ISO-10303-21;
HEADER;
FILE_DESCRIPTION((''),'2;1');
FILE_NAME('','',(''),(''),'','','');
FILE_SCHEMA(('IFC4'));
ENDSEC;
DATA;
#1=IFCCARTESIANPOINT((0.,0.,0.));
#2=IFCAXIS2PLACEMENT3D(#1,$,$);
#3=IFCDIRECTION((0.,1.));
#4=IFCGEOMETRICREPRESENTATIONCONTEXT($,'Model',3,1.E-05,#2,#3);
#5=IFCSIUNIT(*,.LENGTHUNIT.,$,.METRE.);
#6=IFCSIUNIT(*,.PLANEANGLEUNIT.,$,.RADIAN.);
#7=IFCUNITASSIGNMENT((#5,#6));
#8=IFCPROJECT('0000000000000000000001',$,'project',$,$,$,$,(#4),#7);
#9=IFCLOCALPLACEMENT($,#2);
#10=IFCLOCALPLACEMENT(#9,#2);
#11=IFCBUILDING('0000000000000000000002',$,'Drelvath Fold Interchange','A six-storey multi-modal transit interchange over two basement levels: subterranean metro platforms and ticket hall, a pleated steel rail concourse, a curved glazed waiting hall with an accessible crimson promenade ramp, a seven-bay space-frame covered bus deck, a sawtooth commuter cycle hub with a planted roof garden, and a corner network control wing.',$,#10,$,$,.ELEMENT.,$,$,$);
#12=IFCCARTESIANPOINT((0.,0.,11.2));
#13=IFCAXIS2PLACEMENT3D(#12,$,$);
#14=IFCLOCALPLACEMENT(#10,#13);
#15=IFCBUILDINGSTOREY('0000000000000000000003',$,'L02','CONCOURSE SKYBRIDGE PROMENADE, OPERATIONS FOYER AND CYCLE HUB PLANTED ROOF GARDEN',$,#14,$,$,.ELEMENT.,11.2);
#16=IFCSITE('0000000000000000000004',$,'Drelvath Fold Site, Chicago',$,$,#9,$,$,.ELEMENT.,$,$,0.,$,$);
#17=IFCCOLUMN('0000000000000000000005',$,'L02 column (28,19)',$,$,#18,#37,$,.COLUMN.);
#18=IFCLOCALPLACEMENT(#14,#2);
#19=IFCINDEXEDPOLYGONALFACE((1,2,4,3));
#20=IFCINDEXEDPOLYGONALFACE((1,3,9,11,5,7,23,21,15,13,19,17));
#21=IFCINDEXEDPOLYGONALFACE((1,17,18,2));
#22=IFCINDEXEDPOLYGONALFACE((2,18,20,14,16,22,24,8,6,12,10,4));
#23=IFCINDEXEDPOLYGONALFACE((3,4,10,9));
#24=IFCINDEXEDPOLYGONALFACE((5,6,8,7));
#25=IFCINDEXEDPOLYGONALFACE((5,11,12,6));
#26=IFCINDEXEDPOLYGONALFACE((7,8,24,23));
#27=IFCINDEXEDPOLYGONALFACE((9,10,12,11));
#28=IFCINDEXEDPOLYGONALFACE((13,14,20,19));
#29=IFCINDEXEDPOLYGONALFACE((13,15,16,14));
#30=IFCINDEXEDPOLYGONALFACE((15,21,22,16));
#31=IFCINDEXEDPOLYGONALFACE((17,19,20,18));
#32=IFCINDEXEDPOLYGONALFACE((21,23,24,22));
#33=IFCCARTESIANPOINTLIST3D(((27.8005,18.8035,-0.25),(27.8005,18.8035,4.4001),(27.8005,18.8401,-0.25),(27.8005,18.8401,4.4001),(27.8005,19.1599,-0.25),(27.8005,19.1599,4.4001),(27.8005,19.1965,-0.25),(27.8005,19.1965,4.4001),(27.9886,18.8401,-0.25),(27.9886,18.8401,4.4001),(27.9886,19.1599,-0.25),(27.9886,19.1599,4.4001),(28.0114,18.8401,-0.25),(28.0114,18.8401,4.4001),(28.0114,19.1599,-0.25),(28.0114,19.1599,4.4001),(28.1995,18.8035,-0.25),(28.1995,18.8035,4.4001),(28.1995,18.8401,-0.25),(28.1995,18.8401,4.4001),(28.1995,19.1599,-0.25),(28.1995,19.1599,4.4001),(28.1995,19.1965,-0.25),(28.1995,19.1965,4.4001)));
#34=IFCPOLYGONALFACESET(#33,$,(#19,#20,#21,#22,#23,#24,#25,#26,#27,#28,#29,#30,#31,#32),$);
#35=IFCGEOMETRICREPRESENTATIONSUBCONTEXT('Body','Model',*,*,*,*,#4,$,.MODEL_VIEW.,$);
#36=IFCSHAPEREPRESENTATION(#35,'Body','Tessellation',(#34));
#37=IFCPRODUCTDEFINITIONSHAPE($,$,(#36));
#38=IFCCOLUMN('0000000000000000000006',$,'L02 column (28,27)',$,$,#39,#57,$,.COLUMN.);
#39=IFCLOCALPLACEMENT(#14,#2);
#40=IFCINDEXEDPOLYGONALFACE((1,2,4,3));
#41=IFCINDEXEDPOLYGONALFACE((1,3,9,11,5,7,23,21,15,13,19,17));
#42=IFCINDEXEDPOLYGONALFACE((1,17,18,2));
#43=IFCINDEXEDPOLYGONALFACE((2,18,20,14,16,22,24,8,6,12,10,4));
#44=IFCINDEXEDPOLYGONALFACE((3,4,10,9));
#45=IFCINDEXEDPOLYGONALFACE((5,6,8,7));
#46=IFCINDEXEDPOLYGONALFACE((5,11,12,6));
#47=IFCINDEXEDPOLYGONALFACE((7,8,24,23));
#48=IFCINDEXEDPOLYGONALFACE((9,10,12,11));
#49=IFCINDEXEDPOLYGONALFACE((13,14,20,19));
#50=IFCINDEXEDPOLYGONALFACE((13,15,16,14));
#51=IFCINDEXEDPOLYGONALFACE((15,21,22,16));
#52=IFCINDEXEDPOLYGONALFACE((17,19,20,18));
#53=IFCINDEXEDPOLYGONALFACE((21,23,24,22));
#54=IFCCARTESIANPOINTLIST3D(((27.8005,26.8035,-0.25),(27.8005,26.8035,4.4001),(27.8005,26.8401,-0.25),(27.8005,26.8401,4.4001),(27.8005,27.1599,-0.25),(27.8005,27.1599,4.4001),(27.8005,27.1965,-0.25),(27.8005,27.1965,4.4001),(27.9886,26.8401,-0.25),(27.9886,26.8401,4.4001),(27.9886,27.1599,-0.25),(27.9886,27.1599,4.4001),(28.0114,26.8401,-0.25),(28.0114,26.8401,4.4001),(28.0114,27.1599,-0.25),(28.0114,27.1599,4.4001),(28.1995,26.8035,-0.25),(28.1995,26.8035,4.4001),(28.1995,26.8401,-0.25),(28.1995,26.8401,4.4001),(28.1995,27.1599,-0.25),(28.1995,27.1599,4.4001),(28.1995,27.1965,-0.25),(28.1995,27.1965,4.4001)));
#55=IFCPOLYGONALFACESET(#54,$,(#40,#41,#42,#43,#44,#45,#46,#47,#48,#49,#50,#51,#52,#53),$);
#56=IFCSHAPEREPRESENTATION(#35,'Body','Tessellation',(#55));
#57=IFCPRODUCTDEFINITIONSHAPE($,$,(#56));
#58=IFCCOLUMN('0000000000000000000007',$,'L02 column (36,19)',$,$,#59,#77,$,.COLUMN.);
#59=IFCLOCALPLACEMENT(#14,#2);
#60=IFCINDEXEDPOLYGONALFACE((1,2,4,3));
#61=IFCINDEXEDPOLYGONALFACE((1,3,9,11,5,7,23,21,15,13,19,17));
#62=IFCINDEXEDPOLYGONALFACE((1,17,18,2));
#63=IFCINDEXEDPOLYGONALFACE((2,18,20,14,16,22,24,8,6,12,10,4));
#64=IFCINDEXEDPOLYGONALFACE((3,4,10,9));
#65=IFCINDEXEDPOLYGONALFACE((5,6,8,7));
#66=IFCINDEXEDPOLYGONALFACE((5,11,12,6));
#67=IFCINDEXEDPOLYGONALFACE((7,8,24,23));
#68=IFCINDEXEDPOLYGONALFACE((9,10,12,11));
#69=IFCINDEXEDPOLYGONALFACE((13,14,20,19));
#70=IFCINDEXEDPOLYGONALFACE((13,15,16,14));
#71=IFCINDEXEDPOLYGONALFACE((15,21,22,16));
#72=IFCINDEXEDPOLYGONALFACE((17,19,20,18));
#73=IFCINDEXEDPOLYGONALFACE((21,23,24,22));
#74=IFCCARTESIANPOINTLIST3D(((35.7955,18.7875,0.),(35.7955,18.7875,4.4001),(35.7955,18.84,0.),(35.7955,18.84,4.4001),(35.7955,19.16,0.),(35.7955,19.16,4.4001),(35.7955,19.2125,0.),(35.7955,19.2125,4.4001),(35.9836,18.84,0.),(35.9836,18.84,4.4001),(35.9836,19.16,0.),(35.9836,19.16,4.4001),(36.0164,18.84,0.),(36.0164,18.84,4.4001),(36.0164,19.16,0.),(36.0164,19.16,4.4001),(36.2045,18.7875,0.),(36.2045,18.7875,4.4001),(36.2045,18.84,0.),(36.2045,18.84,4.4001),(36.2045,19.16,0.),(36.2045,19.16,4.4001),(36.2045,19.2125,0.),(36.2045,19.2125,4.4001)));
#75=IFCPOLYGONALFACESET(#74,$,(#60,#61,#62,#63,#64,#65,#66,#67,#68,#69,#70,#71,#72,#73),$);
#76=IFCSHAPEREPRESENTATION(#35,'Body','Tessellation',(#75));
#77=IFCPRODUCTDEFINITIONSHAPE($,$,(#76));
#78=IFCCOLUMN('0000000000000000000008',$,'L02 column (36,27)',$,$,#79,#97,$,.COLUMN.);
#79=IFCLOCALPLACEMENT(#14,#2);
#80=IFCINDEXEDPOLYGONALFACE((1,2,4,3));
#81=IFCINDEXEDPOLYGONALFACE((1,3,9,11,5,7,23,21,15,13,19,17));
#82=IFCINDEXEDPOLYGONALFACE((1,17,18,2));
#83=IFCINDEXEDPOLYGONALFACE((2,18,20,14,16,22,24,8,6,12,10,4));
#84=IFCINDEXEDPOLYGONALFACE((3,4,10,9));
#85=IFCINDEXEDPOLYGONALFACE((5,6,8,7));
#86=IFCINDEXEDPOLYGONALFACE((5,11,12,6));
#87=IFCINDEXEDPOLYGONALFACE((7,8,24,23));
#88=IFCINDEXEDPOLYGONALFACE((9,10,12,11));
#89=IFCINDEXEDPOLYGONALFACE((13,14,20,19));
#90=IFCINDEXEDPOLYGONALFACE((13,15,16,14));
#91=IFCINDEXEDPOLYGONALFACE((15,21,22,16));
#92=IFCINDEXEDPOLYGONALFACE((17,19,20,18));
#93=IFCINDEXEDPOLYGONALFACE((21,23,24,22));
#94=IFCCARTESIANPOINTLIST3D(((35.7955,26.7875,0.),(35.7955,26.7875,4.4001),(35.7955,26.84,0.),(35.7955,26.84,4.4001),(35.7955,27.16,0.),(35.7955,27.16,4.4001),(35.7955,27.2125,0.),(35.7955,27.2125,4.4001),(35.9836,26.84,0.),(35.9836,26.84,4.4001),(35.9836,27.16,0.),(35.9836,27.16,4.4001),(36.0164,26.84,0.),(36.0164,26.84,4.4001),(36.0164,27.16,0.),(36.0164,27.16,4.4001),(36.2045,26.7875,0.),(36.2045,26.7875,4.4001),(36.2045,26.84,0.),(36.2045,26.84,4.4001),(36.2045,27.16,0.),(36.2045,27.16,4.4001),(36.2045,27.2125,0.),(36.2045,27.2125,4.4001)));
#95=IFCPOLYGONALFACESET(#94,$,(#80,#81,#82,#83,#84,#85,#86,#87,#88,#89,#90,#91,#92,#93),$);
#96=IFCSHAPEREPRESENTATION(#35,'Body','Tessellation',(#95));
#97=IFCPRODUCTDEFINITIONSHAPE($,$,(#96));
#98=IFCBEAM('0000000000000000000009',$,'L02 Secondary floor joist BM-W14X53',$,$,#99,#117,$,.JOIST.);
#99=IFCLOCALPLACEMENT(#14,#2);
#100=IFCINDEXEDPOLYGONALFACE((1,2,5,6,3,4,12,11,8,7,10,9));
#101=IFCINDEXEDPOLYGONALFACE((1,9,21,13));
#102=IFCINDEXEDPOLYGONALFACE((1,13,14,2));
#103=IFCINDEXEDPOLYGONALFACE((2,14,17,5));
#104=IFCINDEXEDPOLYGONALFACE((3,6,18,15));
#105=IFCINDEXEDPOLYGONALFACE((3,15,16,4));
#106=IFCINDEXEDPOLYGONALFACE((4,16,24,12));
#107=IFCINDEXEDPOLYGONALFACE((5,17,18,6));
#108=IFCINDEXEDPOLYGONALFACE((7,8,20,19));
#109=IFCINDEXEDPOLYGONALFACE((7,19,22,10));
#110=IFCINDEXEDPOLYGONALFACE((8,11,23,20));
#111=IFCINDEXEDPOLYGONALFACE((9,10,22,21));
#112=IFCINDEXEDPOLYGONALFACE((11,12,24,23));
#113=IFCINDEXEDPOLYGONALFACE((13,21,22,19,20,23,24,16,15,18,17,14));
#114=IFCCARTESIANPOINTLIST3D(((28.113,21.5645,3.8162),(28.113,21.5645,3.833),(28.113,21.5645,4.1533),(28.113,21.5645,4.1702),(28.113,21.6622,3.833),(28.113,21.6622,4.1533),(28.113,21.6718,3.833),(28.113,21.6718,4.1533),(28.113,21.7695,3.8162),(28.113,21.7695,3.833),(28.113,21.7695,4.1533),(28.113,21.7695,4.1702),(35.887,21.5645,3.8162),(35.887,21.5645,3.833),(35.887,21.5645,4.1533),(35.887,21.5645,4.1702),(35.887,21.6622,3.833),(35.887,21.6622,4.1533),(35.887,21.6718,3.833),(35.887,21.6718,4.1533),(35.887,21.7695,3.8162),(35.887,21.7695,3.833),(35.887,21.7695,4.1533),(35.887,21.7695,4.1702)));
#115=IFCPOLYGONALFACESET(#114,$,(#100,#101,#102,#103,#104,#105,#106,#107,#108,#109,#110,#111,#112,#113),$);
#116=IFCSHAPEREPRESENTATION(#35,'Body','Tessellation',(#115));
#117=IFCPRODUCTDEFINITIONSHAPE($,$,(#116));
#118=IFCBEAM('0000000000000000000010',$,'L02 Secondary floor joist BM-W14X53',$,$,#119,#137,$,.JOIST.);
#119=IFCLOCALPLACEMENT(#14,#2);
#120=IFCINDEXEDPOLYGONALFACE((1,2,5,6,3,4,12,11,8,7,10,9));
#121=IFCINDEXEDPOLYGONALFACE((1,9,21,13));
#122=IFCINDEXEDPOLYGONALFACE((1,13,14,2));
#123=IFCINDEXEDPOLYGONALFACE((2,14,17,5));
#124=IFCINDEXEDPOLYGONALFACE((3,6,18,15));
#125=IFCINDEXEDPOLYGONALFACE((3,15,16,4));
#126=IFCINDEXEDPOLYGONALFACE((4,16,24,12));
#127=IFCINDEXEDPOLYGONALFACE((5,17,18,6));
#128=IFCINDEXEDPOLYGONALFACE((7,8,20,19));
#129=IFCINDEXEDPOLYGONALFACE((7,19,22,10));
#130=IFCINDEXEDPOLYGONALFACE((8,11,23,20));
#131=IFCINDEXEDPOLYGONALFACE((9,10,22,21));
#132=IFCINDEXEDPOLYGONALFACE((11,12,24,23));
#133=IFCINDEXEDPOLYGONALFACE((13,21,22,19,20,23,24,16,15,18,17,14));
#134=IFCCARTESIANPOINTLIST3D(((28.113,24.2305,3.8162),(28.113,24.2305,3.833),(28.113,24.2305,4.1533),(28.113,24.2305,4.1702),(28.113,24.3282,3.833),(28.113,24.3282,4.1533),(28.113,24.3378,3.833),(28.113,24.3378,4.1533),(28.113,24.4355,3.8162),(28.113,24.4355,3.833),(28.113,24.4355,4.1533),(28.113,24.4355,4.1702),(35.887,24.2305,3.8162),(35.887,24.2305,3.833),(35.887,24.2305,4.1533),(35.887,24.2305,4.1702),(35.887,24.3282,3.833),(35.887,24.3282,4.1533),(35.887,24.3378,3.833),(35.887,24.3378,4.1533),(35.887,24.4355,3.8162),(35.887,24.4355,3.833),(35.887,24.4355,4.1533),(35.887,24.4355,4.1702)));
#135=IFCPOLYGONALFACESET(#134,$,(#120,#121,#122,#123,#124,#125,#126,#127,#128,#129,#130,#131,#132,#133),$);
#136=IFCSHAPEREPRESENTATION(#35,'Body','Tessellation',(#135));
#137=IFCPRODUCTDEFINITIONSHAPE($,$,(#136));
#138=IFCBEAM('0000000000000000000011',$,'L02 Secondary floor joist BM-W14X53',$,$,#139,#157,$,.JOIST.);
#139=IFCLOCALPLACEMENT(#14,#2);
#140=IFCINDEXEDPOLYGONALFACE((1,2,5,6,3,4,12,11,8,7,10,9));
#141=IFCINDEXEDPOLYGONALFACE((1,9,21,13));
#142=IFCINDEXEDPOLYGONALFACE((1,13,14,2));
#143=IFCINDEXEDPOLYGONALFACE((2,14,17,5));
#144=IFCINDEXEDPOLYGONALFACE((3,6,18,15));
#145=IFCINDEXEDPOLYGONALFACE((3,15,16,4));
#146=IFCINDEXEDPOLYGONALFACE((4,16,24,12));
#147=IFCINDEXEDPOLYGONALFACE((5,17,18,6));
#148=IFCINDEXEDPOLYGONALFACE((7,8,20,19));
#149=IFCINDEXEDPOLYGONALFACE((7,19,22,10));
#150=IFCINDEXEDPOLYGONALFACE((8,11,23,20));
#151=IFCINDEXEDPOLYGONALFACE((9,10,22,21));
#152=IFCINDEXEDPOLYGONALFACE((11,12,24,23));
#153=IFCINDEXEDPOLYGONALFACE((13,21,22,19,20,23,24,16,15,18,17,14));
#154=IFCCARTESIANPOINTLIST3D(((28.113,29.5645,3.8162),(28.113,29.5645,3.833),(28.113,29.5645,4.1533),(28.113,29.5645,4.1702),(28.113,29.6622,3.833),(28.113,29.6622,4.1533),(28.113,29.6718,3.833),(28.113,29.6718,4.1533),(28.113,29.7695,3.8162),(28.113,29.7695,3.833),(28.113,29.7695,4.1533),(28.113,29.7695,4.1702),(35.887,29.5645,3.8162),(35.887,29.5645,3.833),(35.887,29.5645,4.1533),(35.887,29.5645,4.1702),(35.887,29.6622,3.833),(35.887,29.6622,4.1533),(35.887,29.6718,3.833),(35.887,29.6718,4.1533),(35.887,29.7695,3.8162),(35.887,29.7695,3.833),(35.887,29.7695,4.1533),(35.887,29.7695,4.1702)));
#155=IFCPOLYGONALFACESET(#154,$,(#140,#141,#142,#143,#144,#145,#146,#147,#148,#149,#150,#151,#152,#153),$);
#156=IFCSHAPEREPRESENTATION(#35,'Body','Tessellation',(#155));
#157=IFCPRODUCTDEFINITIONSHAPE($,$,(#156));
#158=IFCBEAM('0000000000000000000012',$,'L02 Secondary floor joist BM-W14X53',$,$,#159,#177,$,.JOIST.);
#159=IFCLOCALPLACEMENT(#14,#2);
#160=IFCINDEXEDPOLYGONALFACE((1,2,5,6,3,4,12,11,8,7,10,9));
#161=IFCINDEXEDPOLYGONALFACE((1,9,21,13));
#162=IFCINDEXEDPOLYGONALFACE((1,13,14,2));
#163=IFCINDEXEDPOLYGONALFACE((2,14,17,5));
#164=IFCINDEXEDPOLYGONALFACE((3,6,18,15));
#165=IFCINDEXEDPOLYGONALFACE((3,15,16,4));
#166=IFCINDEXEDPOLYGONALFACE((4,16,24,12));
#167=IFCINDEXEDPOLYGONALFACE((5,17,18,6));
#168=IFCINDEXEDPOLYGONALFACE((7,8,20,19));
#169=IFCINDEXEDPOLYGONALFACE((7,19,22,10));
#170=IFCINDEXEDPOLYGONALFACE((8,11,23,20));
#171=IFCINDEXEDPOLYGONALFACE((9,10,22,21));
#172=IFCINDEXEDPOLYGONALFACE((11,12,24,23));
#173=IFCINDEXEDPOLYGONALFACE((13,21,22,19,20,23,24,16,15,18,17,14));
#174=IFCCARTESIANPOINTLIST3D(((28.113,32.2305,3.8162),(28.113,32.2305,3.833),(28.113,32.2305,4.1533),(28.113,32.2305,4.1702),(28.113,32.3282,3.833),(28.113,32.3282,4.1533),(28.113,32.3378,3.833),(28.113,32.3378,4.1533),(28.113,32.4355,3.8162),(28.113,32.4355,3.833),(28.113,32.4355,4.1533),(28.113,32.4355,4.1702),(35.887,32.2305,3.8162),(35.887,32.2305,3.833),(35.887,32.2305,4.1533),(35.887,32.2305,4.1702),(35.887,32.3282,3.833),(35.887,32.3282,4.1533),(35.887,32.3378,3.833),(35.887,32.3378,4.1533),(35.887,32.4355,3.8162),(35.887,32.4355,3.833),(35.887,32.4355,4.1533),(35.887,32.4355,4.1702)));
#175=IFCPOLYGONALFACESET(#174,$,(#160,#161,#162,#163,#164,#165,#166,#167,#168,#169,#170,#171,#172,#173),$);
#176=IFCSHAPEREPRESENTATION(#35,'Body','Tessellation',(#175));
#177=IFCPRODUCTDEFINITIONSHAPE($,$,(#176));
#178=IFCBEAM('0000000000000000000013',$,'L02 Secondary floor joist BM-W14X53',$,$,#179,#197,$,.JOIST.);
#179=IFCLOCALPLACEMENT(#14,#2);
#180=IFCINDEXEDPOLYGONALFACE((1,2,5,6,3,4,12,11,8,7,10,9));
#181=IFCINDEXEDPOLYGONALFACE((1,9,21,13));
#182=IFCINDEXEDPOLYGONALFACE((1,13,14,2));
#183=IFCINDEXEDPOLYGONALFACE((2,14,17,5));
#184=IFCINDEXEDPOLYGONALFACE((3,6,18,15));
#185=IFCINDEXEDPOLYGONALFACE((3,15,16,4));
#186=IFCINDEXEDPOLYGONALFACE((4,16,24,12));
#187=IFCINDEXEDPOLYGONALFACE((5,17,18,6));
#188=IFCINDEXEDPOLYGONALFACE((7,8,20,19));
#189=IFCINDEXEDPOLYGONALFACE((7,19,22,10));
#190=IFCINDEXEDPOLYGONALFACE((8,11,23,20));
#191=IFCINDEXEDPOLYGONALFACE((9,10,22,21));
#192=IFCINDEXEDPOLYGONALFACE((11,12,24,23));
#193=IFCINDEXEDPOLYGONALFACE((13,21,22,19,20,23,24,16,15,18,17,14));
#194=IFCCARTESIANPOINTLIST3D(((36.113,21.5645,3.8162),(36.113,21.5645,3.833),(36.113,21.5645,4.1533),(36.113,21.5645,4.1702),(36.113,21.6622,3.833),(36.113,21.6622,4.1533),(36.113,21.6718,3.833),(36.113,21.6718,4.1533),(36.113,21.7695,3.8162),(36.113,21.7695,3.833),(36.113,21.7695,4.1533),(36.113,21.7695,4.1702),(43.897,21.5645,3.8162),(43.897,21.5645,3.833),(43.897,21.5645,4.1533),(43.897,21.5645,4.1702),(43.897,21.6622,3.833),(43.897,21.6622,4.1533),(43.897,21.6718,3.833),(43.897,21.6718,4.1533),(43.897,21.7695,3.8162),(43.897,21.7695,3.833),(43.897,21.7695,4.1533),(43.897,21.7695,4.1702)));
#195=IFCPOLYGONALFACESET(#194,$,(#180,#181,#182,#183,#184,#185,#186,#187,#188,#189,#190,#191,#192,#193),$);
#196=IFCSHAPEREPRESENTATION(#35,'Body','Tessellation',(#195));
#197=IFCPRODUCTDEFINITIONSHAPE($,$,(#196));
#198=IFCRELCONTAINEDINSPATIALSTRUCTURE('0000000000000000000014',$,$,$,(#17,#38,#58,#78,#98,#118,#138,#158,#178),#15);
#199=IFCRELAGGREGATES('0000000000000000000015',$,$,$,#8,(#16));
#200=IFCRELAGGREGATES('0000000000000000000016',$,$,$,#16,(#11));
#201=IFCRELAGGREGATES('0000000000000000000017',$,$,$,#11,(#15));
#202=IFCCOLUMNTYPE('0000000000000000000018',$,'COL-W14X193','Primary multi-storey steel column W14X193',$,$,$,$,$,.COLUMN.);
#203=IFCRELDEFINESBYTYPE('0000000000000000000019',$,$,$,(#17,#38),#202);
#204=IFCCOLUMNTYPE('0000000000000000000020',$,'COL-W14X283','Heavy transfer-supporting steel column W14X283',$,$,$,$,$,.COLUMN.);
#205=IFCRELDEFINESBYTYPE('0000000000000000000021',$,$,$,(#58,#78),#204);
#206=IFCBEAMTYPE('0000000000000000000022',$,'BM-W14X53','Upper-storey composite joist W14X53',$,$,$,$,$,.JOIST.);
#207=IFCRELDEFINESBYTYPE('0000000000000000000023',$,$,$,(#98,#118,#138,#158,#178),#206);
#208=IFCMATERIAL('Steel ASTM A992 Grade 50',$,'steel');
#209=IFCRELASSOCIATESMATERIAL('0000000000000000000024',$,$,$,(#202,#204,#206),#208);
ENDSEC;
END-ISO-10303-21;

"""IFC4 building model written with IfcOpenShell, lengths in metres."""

from ifc_helpers import new_model, si_unit, direction, frame, origin, origin_2d, place, context, subcontext, project, spatial, i_section, extrude, material, material_profile, profile_set, type_object, element, save


model = new_model("IFC4")

# Units and contexts
model_context = context("Model", 3, precision=1e-05, world=origin(), true_north=direction((0.0, 1.0)))
body_context = subcontext(model_context, "Body", "Model", "MODEL_VIEW")
ifc_project = project(units=[si_unit("LENGTHUNIT", "METRE"), si_unit("PLANEANGLEUNIT", "RADIAN")], contexts=[model_context])

# Site, building, storey
site_placement = place(None, origin())
site = spatial("IfcSite", under=ifc_project, at=site_placement, Name="Drelvath Fold Site, Chicago", CompositionType="ELEMENT", RefElevation=0.0)
building_placement = place(site_placement, origin())
building = spatial("IfcBuilding", under=site, at=building_placement, Name="Drelvath Fold Interchange", Description="A six-storey multi-modal transit interchange over two basement levels: subterranean metro platforms and ticket hall, a pleated steel rail concourse, a curved glazed waiting hall with an accessible crimson promenade ramp, a seven-bay space-frame covered bus deck, a sawtooth commuter cycle hub with a planted roof garden, and a corner network control wing.", CompositionType="ELEMENT")
storey_placement = place(building_placement, frame((0.0, 0.0, 11.2)))
storey = spatial("IfcBuildingStorey", under=building, at=storey_placement, Name="L02", Description="CONCOURSE SKYBRIDGE PROMENADE, OPERATIONS FOYER AND CYCLE HUB PLANTED ROOF GARDEN", CompositionType="ELEMENT", Elevation=11.2)

# Columns
ifc_material_1 = material(Name="Steel ASTM A992 Grade 50", Category="steel")
ifc_material_profile_1 = material_profile(ifc_material_1, i_section(OverallWidth=0.3989, OverallDepth=0.3931, WebThickness=0.0227, FlangeThickness=0.0366, at=origin_2d()), Name="W14X193")
ifc_profile_set_1 = profile_set([ifc_material_profile_1], Name="Steel ASTM A992 Grade 50")
column_type_1 = type_object("IfcColumnType", Name="COL-W14X193", Description="Primary multi-storey steel column W14X193", PredefinedType="COLUMN", material=ifc_profile_set_1)
for number, where, z_axis, x_axis, name in (
    (1, (28.0, 19.0, -0.25), (0.0, 0.0, 1.0), (1.0, 0.0, 0.0), "L02 column (28,19)"),
    (2, (28.0, 27.0, -0.25), (0.0, 0.0, 1.0), (1.0, 0.0, 0.0), "L02 column (28,27)"),
):
    element("IfcColumn", number, at=place(storey_placement, frame(where, z_axis=z_axis, x_axis=x_axis)), inside=storey, type_object=column_type_1, Name=name, PredefinedType="COLUMN", context=body_context, shape_type="SweptSolid", body=[
        extrude(i_section(OverallWidth=0.3989, OverallDepth=0.3931, WebThickness=0.0227, FlangeThickness=0.0366, at=origin_2d()), origin(), (0.0, 0.0, 1.0), 4.6501),
    ])
ifc_material_profile_2 = material_profile(ifc_material_1, i_section(OverallWidth=0.4089, OverallDepth=0.425, WebThickness=0.0327, FlangeThickness=0.0525, at=origin_2d()), Name="W14X283")
ifc_profile_set_2 = profile_set([ifc_material_profile_2], Name="Steel ASTM A992 Grade 50")
column_type_2 = type_object("IfcColumnType", Name="COL-W14X283", Description="Heavy transfer-supporting steel column W14X283", PredefinedType="COLUMN", material=ifc_profile_set_2)
for number, where, z_axis, x_axis, name in (
    (3, (36.0, 19.0, 0.0), (0.0, 0.0, 1.0), (1.0, 0.0, 0.0), "L02 column (36,19)"),
    (4, (36.0, 27.0, 0.0), (0.0, 0.0, 1.0), (1.0, 0.0, 0.0), "L02 column (36,27)"),
):
    element("IfcColumn", number, at=place(storey_placement, frame(where, z_axis=z_axis, x_axis=x_axis)), inside=storey, type_object=column_type_2, Name=name, PredefinedType="COLUMN", context=body_context, shape_type="SweptSolid", body=[
        extrude(i_section(OverallWidth=0.4089, OverallDepth=0.425, WebThickness=0.0327, FlangeThickness=0.0525, at=origin_2d()), origin(), (0.0, 0.0, 1.0), 4.4001),
    ])

# Beams
ifc_material_profile_3 = material_profile(ifc_material_1, i_section(OverallWidth=0.2051, OverallDepth=0.354, WebThickness=0.0095, FlangeThickness=0.0168, at=origin_2d()), Name="W14X53")
ifc_profile_set_3 = profile_set([ifc_material_profile_3], Name="Steel ASTM A992 Grade 50")
beam_type_1 = type_object("IfcBeamType", Name="BM-W14X53", Description="Upper-storey composite joist W14X53", PredefinedType="JOIST", material=ifc_profile_set_3)
for number, where, z_axis, x_axis, name in (
    (5, (28.113, 21.667, 3.9932), (1.0, 0.0, 0.0), (0.0, 1.0, 0.0), "L02 Secondary floor joist BM-W14X53"),
    (6, (28.113, 24.333, 3.9932), (1.0, 0.0, 0.0), (0.0, 1.0, 0.0), "L02 Secondary floor joist BM-W14X53"),
    (7, (28.113, 29.667, 3.9932), (1.0, 0.0, 0.0), (0.0, 1.0, 0.0), "L02 Secondary floor joist BM-W14X53"),
    (8, (28.113, 32.333, 3.9932), (1.0, 0.0, 0.0), (0.0, 1.0, 0.0), "L02 Secondary floor joist BM-W14X53"),
):
    element("IfcBeam", number, at=place(storey_placement, frame(where, z_axis=z_axis, x_axis=x_axis)), inside=storey, type_object=beam_type_1, Name=name, PredefinedType="JOIST", context=body_context, shape_type="SweptSolid", body=[
        extrude(i_section(OverallWidth=0.2051, OverallDepth=0.354, WebThickness=0.0095, FlangeThickness=0.0168, at=origin_2d()), origin(), (0.0, 0.0, 1.0), 7.7739),
    ])
for number, where, z_axis, x_axis, name in (
    (9, (36.113, 21.667, 3.9932), (1.0, 0.0, 0.0), (0.0, 1.0, 0.0), "L02 Secondary floor joist BM-W14X53"),
):
    element("IfcBeam", number, at=place(storey_placement, frame(where, z_axis=z_axis, x_axis=x_axis)), inside=storey, type_object=beam_type_1, Name=name, PredefinedType="JOIST", context=body_context, shape_type="SweptSolid", body=[
        extrude(i_section(OverallWidth=0.2051, OverallDepth=0.354, WebThickness=0.0095, FlangeThickness=0.0168, at=origin_2d()), origin(), (0.0, 0.0, 1.0), 7.7839),
    ])

save(model, "model.ifc")
